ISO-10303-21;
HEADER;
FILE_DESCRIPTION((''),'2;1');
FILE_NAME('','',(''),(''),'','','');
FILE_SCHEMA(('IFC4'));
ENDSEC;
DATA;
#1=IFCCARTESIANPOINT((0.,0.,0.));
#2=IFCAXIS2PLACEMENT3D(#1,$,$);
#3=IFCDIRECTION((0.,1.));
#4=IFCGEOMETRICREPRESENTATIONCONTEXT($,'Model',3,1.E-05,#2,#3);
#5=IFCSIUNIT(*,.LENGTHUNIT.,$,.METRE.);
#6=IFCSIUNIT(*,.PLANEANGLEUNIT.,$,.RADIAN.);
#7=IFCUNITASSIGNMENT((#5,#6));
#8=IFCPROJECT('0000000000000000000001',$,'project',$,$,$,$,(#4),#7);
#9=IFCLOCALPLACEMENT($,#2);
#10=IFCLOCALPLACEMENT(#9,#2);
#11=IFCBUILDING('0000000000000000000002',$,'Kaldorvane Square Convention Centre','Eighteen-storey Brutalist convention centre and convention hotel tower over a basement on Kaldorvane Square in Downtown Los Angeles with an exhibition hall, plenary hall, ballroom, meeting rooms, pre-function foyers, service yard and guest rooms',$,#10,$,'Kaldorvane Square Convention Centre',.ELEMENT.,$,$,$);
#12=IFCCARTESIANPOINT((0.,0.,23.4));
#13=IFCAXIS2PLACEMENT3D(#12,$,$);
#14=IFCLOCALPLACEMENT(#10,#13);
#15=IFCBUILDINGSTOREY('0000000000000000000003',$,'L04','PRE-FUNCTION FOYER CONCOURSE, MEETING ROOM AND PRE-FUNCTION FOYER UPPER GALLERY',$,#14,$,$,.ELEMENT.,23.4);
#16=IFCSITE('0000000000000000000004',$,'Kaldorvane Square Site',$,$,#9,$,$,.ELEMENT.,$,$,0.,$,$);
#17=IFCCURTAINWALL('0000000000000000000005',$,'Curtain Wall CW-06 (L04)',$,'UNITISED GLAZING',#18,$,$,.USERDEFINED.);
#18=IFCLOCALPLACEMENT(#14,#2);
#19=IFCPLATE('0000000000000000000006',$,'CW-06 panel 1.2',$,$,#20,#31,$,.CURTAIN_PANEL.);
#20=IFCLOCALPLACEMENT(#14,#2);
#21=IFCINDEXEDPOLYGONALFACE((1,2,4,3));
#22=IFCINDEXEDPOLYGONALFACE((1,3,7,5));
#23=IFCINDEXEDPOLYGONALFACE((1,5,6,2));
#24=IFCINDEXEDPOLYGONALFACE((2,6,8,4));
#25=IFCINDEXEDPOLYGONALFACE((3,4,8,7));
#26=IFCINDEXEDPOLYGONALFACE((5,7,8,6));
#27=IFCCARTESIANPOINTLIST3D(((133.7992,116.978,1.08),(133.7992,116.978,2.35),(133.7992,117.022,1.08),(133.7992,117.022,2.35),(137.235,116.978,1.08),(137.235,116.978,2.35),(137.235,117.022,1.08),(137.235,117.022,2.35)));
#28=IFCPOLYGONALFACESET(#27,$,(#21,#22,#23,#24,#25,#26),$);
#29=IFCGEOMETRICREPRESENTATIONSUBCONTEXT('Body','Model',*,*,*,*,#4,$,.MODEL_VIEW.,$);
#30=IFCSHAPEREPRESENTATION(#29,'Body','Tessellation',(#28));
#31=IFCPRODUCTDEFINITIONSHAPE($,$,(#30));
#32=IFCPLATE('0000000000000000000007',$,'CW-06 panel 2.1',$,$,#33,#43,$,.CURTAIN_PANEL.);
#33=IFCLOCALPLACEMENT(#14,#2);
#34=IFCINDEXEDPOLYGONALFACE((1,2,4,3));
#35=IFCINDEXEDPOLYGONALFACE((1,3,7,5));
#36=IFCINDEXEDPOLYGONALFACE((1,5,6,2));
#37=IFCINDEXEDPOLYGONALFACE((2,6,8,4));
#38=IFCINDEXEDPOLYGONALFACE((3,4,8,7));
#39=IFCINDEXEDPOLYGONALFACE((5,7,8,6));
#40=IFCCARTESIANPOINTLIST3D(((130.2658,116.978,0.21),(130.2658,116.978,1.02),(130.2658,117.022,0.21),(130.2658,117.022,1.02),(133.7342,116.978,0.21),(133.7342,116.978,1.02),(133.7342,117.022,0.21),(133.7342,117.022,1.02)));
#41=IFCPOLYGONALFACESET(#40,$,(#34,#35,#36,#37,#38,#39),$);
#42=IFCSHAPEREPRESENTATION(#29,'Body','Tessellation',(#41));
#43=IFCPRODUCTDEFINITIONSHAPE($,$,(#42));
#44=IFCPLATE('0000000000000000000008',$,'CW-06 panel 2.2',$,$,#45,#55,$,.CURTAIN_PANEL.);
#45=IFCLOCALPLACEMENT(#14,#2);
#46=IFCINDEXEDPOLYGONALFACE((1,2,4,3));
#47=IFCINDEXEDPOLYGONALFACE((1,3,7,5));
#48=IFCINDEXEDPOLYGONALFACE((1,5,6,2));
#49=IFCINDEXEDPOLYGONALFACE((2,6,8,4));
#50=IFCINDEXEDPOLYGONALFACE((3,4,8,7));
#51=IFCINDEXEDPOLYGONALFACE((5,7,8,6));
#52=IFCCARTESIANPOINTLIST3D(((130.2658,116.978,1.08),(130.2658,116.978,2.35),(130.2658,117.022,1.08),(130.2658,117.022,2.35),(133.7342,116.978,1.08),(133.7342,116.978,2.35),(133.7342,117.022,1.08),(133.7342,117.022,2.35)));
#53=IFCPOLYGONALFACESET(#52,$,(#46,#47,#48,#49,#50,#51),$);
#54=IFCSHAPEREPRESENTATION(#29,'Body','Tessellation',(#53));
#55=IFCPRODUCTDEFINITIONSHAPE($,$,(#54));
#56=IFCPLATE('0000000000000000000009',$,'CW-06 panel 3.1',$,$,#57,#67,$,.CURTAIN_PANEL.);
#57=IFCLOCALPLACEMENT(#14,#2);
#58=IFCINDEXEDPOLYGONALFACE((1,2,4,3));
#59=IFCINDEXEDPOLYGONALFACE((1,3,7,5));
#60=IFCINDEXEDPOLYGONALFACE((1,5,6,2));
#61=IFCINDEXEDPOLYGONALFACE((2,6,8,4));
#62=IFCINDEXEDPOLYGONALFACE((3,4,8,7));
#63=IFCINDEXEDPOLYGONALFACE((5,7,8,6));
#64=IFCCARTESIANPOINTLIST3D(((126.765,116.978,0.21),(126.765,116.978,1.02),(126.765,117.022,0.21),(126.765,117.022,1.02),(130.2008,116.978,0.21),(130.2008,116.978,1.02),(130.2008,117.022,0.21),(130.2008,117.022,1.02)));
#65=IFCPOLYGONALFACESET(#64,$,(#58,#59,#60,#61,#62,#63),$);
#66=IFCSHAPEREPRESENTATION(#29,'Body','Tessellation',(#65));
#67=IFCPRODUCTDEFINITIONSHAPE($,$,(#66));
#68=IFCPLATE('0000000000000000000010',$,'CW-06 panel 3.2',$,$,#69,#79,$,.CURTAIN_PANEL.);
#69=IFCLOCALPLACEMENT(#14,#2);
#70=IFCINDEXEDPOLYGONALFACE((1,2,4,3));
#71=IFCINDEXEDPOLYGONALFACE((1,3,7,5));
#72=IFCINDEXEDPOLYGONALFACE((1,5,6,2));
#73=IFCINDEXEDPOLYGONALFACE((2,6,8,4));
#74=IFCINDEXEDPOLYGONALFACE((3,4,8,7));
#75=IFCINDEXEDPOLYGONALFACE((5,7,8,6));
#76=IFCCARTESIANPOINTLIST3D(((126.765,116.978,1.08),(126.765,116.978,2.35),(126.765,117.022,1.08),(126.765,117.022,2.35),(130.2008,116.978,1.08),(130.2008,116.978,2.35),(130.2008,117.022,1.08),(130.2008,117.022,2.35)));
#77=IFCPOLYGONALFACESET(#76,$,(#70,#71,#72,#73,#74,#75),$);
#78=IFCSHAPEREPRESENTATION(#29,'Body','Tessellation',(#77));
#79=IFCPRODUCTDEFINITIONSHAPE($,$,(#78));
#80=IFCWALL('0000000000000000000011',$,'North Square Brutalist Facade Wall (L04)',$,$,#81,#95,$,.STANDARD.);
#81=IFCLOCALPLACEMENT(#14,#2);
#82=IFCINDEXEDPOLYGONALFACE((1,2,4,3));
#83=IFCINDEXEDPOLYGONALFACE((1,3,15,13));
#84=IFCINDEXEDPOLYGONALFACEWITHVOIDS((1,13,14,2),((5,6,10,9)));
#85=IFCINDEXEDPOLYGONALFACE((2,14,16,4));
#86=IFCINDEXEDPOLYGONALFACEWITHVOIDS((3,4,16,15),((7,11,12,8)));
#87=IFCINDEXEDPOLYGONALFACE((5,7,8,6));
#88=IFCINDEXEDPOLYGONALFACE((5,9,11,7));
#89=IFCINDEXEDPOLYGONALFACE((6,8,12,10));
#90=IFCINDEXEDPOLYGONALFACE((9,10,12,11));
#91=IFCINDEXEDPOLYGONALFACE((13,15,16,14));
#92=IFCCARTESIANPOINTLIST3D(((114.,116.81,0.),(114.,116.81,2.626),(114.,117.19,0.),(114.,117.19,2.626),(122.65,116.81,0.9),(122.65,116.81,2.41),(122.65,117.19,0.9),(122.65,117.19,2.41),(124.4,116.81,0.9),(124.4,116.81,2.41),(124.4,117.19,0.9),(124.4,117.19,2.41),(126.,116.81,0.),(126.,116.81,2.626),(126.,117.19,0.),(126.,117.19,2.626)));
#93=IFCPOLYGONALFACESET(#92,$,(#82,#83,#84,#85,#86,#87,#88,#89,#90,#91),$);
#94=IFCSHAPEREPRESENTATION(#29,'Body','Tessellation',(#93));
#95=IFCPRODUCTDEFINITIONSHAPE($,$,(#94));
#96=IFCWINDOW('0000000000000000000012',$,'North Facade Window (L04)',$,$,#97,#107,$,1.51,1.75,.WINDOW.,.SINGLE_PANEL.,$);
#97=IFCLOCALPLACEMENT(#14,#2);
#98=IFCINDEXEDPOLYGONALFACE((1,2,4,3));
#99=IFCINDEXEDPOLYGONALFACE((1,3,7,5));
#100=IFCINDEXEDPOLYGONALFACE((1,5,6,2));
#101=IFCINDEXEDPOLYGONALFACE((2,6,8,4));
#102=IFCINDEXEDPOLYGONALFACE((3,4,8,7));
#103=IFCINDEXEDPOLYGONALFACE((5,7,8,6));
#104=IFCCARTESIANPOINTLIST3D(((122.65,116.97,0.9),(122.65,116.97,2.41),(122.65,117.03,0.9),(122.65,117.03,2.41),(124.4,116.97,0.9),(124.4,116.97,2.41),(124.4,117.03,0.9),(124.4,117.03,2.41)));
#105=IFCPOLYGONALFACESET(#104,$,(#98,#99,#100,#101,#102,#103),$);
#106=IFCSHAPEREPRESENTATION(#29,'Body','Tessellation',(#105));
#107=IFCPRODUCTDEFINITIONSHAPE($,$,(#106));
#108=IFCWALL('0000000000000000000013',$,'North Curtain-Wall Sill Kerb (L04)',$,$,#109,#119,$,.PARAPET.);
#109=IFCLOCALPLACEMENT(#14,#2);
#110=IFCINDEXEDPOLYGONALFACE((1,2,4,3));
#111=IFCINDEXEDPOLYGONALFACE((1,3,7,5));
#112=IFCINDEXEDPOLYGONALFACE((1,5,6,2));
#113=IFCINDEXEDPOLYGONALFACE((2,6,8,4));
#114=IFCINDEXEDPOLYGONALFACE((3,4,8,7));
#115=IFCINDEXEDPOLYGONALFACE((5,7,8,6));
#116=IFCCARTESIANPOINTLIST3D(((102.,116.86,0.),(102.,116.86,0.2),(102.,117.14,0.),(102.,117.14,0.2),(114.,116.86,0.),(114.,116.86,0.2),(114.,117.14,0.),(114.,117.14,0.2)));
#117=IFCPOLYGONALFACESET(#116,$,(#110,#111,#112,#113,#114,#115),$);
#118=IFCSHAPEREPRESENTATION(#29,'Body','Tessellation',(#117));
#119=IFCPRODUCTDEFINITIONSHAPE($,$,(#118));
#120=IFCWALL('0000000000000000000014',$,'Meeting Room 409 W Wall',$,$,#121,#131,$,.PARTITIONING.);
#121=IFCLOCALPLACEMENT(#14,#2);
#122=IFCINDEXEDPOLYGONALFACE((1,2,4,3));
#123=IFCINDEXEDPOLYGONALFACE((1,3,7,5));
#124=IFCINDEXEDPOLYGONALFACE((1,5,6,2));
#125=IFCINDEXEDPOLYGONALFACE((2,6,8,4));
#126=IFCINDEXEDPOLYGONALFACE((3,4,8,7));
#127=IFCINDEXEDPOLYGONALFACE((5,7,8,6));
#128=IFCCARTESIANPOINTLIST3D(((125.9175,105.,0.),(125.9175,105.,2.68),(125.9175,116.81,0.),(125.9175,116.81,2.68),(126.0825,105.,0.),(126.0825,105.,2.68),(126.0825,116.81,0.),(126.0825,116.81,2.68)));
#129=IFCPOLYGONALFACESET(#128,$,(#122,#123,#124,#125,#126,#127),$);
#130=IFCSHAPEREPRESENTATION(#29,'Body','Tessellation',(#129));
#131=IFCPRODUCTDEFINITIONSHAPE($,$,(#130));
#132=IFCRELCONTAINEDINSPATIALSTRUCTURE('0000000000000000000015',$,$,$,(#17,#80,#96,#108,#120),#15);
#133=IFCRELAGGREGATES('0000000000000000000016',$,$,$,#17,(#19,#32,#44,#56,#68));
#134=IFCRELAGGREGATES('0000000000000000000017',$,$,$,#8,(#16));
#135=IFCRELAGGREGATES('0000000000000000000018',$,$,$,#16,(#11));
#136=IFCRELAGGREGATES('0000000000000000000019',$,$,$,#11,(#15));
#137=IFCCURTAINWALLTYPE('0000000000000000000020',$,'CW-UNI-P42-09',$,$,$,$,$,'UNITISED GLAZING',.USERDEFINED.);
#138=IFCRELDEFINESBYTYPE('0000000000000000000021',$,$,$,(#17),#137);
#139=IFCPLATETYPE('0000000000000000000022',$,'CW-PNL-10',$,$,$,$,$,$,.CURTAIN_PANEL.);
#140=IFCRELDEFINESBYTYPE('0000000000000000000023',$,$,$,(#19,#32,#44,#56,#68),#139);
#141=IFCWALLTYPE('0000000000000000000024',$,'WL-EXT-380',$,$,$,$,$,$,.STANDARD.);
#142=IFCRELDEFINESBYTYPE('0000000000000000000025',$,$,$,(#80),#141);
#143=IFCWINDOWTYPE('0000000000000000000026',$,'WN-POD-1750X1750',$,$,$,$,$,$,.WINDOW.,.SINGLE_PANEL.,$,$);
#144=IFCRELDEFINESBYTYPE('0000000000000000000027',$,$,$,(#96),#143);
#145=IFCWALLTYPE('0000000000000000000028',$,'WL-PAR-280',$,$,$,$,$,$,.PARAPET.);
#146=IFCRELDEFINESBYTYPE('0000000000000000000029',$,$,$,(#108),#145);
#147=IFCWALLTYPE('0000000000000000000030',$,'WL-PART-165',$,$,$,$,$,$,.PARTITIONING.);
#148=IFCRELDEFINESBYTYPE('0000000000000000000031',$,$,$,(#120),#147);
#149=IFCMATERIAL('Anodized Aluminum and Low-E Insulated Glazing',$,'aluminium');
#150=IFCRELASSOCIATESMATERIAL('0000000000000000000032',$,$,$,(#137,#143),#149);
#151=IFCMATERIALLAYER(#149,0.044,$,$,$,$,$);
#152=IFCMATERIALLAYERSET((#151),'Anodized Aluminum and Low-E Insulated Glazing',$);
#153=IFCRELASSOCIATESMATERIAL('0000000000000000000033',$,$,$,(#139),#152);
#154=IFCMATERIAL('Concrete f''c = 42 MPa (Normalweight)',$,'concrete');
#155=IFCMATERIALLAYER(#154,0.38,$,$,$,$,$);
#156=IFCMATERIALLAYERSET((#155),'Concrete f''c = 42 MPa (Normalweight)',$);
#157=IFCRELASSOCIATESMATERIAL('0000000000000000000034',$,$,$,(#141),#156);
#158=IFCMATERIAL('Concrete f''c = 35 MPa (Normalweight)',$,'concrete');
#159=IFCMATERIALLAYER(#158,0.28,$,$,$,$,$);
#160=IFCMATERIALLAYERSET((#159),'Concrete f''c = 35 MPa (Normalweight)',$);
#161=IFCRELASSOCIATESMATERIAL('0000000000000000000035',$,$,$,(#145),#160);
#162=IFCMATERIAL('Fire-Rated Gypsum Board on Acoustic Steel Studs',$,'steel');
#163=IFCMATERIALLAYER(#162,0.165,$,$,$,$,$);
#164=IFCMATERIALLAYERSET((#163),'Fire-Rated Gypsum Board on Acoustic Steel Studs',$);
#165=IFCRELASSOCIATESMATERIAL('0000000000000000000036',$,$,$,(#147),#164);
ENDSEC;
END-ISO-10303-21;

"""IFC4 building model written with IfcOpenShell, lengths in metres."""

from ifc_helpers import new_model, si_unit, direction, frame, frame_2d, origin, origin_2d, place, context, subcontext, project, spatial, rectangle, extrude, material, layer, layer_set, type_object, element, fill, aggregate, save


model = new_model("IFC4")

# Units and contexts
model_context = context("Model", 3, precision=1e-05, world=origin(), true_north=direction((0.0, 1.0)))
body_context = subcontext(model_context, "Body", "Model", "MODEL_VIEW")
ifc_project = project(units=[si_unit("LENGTHUNIT", "METRE"), si_unit("PLANEANGLEUNIT", "RADIAN")], contexts=[model_context])

# Site, building, storey
site_placement = place(None, origin())
site = spatial("IfcSite", under=ifc_project, at=site_placement, Name="Kaldorvane Square Site", CompositionType="ELEMENT", RefElevation=0.0)
building_placement = place(site_placement, origin())
building = spatial("IfcBuilding", under=site, at=building_placement, Name="Kaldorvane Square Convention Centre", Description="Eighteen-storey Brutalist convention centre and convention hotel tower over a basement on Kaldorvane Square in Downtown Los Angeles with an exhibition hall, plenary hall, ballroom, meeting rooms, pre-function foyers, service yard and guest rooms", LongName="Kaldorvane Square Convention Centre", CompositionType="ELEMENT")
storey_placement = place(building_placement, frame((0.0, 0.0, 23.4)))
storey = spatial("IfcBuildingStorey", under=building, at=storey_placement, Name="L04", Description="PRE-FUNCTION FOYER CONCOURSE, MEETING ROOM AND PRE-FUNCTION FOYER UPPER GALLERY", CompositionType="ELEMENT", Elevation=23.4)

# Shared definitions
ifc_material_1 = material(Name="Concrete f'c = 42 MPa (Normalweight)", Category="concrete")

# Curtain wall, plates
ifc_material_2 = material(Name="Anodized Aluminum and Low-E Insulated Glazing", Category="aluminium")
curtain_wall_type = type_object("IfcCurtainWallType", Name="CW-UNI-P42-09", ElementType="UNITISED GLAZING", PredefinedType="USERDEFINED", material=ifc_material_2)
curtain_wall_placement = place(storey_placement, origin())
curtain_wall = element("IfcCurtainWall", 1, at=curtain_wall_placement, inside=storey, type_object=curtain_wall_type, Name="Curtain Wall CW-06 (L04)", ObjectType="UNITISED GLAZING", PredefinedType="USERDEFINED")
ifc_layer_1 = layer(ifc_material_2, 0.044)
ifc_layer_set_1 = layer_set([ifc_layer_1], Name="Anodized Aluminum and Low-E Insulated Glazing")
plate_type = type_object("IfcPlateType", Name="CW-PNL-10", PredefinedType="CURTAIN_PANEL", material=ifc_layer_set_1)
plate_1_placement = place(storey_placement, frame((135.5171, 117.0, 1.08), z_axis=(0.0, 0.0, 1.0), x_axis=(-1.0, 0.0, 0.0)))
plate_1 = element("IfcPlate", 2, at=plate_1_placement, type_object=plate_type, Name="CW-06 panel 1.2", PredefinedType="CURTAIN_PANEL", context=body_context, shape_type="SweptSolid", body=[
    extrude(rectangle(XDim=3.4358, YDim=0.044, at=origin_2d()), origin(), (0.0, 0.0, 1.0), 1.27),
])
plate_2_placement = place(storey_placement, frame((132.0, 117.0, 0.21), z_axis=(0.0, 0.0, 1.0), x_axis=(-1.0, 0.0, 0.0)))
plate_2 = element("IfcPlate", 3, at=plate_2_placement, type_object=plate_type, Name="CW-06 panel 2.1", PredefinedType="CURTAIN_PANEL", context=body_context, shape_type="SweptSolid", body=[
    extrude(rectangle(XDim=3.4683, YDim=0.044, at=origin_2d()), origin(), (0.0, 0.0, 1.0), 0.81),
])
plate_3_placement = place(storey_placement, frame((132.0, 117.0, 1.08), z_axis=(0.0, 0.0, 1.0), x_axis=(-1.0, 0.0, 0.0)))
plate_3 = element("IfcPlate", 4, at=plate_3_placement, type_object=plate_type, Name="CW-06 panel 2.2", PredefinedType="CURTAIN_PANEL", context=body_context, shape_type="SweptSolid", body=[
    extrude(rectangle(XDim=3.4683, YDim=0.044, at=origin_2d()), origin(), (0.0, 0.0, 1.0), 1.27),
])
plate_4_placement = place(storey_placement, frame((128.4829, 117.0, 0.21), z_axis=(0.0, 0.0, 1.0), x_axis=(-1.0, 0.0, 0.0)))
plate_4 = element("IfcPlate", 5, at=plate_4_placement, type_object=plate_type, Name="CW-06 panel 3.1", PredefinedType="CURTAIN_PANEL", context=body_context, shape_type="SweptSolid", body=[
    extrude(rectangle(XDim=3.4358, YDim=0.044, at=origin_2d()), origin(), (0.0, 0.0, 1.0), 0.81),
])
plate_5_placement = place(storey_placement, frame((128.4829, 117.0, 1.08), z_axis=(0.0, 0.0, 1.0), x_axis=(-1.0, 0.0, 0.0)))
plate_5 = element("IfcPlate", 6, at=plate_5_placement, type_object=plate_type, Name="CW-06 panel 3.2", PredefinedType="CURTAIN_PANEL", context=body_context, shape_type="SweptSolid", body=[
    extrude(rectangle(XDim=3.4358, YDim=0.044, at=origin_2d()), origin(), (0.0, 0.0, 1.0), 1.27),
])
aggregate(curtain_wall, [plate_1, plate_2, plate_3, plate_4, plate_5])

# Wall, opening, window
ifc_layer_2 = layer(ifc_material_1, 0.38)
ifc_layer_set_2 = layer_set([ifc_layer_2], Name="Concrete f'c = 42 MPa (Normalweight)")
wall_type_1 = type_object("IfcWallType", Name="WL-EXT-380", PredefinedType="STANDARD", material=ifc_layer_set_2)
wall_1_placement = place(storey_placement, frame((126.0, 117.0, 0.0), z_axis=(0.0, 0.0, 1.0), x_axis=(-1.0, 0.0, 0.0)))
wall_1 = element("IfcWall", 7, at=wall_1_placement, inside=storey, type_object=wall_type_1, Name="North Square Brutalist Facade Wall (L04)", PredefinedType="STANDARD", context=body_context, shape_type="SweptSolid", body=[
    extrude(rectangle(XDim=12.0, YDim=0.38, at=frame_2d((6.0, 0.0))), origin(), (0.0, 0.0, 1.0), 2.626),
])
opening_placement = place(wall_1_placement, frame((1.6, 0.0, 0.9)))
opening = element("IfcOpeningElement", 8, at=opening_placement, cuts=wall_1, PredefinedType="OPENING", context=body_context, shape_type="SweptSolid", body=[
    extrude(rectangle(XDim=1.75, YDim=1.51, at=frame_2d((0.875, 0.755))), frame((0.0, 0.205, 0.0), z_axis=(0.0, -1.0, 0.0), x_axis=(1.0, 0.0, 0.0)), (0.0, 0.0, 1.0), 0.41),
])
window_type = type_object("IfcWindowType", Name="WN-POD-1750X1750", PartitioningType="SINGLE_PANEL", PredefinedType="WINDOW", material=ifc_material_2)
window_placement = place(opening_placement, origin())
window = element("IfcWindow", 9, at=window_placement, inside=storey, type_object=window_type, Name="North Facade Window (L04)", OverallHeight=1.51, OverallWidth=1.75, PartitioningType="SINGLE_PANEL", PredefinedType="WINDOW", context=body_context, shape_type="SweptSolid", body=[
    extrude(rectangle(XDim=1.75, YDim=1.51, at=frame_2d((0.875, 0.755))), frame((0.0, 0.03, 0.0), z_axis=(0.0, -1.0, 0.0), x_axis=(1.0, 0.0, 0.0)), (0.0, 0.0, 1.0), 0.06),
])
fill(opening, window)

# Walls
ifc_material_3 = material(Name="Concrete f'c = 35 MPa (Normalweight)", Category="concrete")
ifc_layer_3 = layer(ifc_material_3, 0.28)
ifc_layer_set_3 = layer_set([ifc_layer_3], Name="Concrete f'c = 35 MPa (Normalweight)")
wall_type_2 = type_object("IfcWallType", Name="WL-PAR-280", PredefinedType="PARAPET", material=ifc_layer_set_3)
wall_2_placement = place(storey_placement, frame((114.0, 117.0, 0.0), z_axis=(0.0, 0.0, 1.0), x_axis=(-1.0, 0.0, 0.0)))
element("IfcWall", 10, at=wall_2_placement, inside=storey, type_object=wall_type_2, Name="North Curtain-Wall Sill Kerb (L04)", PredefinedType="PARAPET", context=body_context, shape_type="SweptSolid", body=[
    extrude(rectangle(XDim=12.0, YDim=0.28, at=frame_2d((6.0, 0.0))), origin(), (0.0, 0.0, 1.0), 0.2),
])
ifc_material_4 = material(Name="Fire-Rated Gypsum Board on Acoustic Steel Studs", Category="steel")
ifc_layer_4 = layer(ifc_material_4, 0.165)
ifc_layer_set_4 = layer_set([ifc_layer_4], Name="Fire-Rated Gypsum Board on Acoustic Steel Studs")
wall_type_3 = type_object("IfcWallType", Name="WL-PART-165", PredefinedType="PARTITIONING", material=ifc_layer_set_4)
wall_3_placement = place(storey_placement, frame((126.0, 116.81, 0.0), z_axis=(0.0, 0.0, 1.0), x_axis=(0.0, -1.0, 0.0)))
element("IfcWall", 11, at=wall_3_placement, inside=storey, type_object=wall_type_3, Name="Meeting Room 409 W Wall", PredefinedType="PARTITIONING", context=body_context, shape_type="SweptSolid", body=[
    extrude(rectangle(XDim=11.81, YDim=0.165, at=frame_2d((5.905, 0.0))), origin(), (0.0, 0.0, 1.0), 2.68),
])

save(model, "model.ifc")
